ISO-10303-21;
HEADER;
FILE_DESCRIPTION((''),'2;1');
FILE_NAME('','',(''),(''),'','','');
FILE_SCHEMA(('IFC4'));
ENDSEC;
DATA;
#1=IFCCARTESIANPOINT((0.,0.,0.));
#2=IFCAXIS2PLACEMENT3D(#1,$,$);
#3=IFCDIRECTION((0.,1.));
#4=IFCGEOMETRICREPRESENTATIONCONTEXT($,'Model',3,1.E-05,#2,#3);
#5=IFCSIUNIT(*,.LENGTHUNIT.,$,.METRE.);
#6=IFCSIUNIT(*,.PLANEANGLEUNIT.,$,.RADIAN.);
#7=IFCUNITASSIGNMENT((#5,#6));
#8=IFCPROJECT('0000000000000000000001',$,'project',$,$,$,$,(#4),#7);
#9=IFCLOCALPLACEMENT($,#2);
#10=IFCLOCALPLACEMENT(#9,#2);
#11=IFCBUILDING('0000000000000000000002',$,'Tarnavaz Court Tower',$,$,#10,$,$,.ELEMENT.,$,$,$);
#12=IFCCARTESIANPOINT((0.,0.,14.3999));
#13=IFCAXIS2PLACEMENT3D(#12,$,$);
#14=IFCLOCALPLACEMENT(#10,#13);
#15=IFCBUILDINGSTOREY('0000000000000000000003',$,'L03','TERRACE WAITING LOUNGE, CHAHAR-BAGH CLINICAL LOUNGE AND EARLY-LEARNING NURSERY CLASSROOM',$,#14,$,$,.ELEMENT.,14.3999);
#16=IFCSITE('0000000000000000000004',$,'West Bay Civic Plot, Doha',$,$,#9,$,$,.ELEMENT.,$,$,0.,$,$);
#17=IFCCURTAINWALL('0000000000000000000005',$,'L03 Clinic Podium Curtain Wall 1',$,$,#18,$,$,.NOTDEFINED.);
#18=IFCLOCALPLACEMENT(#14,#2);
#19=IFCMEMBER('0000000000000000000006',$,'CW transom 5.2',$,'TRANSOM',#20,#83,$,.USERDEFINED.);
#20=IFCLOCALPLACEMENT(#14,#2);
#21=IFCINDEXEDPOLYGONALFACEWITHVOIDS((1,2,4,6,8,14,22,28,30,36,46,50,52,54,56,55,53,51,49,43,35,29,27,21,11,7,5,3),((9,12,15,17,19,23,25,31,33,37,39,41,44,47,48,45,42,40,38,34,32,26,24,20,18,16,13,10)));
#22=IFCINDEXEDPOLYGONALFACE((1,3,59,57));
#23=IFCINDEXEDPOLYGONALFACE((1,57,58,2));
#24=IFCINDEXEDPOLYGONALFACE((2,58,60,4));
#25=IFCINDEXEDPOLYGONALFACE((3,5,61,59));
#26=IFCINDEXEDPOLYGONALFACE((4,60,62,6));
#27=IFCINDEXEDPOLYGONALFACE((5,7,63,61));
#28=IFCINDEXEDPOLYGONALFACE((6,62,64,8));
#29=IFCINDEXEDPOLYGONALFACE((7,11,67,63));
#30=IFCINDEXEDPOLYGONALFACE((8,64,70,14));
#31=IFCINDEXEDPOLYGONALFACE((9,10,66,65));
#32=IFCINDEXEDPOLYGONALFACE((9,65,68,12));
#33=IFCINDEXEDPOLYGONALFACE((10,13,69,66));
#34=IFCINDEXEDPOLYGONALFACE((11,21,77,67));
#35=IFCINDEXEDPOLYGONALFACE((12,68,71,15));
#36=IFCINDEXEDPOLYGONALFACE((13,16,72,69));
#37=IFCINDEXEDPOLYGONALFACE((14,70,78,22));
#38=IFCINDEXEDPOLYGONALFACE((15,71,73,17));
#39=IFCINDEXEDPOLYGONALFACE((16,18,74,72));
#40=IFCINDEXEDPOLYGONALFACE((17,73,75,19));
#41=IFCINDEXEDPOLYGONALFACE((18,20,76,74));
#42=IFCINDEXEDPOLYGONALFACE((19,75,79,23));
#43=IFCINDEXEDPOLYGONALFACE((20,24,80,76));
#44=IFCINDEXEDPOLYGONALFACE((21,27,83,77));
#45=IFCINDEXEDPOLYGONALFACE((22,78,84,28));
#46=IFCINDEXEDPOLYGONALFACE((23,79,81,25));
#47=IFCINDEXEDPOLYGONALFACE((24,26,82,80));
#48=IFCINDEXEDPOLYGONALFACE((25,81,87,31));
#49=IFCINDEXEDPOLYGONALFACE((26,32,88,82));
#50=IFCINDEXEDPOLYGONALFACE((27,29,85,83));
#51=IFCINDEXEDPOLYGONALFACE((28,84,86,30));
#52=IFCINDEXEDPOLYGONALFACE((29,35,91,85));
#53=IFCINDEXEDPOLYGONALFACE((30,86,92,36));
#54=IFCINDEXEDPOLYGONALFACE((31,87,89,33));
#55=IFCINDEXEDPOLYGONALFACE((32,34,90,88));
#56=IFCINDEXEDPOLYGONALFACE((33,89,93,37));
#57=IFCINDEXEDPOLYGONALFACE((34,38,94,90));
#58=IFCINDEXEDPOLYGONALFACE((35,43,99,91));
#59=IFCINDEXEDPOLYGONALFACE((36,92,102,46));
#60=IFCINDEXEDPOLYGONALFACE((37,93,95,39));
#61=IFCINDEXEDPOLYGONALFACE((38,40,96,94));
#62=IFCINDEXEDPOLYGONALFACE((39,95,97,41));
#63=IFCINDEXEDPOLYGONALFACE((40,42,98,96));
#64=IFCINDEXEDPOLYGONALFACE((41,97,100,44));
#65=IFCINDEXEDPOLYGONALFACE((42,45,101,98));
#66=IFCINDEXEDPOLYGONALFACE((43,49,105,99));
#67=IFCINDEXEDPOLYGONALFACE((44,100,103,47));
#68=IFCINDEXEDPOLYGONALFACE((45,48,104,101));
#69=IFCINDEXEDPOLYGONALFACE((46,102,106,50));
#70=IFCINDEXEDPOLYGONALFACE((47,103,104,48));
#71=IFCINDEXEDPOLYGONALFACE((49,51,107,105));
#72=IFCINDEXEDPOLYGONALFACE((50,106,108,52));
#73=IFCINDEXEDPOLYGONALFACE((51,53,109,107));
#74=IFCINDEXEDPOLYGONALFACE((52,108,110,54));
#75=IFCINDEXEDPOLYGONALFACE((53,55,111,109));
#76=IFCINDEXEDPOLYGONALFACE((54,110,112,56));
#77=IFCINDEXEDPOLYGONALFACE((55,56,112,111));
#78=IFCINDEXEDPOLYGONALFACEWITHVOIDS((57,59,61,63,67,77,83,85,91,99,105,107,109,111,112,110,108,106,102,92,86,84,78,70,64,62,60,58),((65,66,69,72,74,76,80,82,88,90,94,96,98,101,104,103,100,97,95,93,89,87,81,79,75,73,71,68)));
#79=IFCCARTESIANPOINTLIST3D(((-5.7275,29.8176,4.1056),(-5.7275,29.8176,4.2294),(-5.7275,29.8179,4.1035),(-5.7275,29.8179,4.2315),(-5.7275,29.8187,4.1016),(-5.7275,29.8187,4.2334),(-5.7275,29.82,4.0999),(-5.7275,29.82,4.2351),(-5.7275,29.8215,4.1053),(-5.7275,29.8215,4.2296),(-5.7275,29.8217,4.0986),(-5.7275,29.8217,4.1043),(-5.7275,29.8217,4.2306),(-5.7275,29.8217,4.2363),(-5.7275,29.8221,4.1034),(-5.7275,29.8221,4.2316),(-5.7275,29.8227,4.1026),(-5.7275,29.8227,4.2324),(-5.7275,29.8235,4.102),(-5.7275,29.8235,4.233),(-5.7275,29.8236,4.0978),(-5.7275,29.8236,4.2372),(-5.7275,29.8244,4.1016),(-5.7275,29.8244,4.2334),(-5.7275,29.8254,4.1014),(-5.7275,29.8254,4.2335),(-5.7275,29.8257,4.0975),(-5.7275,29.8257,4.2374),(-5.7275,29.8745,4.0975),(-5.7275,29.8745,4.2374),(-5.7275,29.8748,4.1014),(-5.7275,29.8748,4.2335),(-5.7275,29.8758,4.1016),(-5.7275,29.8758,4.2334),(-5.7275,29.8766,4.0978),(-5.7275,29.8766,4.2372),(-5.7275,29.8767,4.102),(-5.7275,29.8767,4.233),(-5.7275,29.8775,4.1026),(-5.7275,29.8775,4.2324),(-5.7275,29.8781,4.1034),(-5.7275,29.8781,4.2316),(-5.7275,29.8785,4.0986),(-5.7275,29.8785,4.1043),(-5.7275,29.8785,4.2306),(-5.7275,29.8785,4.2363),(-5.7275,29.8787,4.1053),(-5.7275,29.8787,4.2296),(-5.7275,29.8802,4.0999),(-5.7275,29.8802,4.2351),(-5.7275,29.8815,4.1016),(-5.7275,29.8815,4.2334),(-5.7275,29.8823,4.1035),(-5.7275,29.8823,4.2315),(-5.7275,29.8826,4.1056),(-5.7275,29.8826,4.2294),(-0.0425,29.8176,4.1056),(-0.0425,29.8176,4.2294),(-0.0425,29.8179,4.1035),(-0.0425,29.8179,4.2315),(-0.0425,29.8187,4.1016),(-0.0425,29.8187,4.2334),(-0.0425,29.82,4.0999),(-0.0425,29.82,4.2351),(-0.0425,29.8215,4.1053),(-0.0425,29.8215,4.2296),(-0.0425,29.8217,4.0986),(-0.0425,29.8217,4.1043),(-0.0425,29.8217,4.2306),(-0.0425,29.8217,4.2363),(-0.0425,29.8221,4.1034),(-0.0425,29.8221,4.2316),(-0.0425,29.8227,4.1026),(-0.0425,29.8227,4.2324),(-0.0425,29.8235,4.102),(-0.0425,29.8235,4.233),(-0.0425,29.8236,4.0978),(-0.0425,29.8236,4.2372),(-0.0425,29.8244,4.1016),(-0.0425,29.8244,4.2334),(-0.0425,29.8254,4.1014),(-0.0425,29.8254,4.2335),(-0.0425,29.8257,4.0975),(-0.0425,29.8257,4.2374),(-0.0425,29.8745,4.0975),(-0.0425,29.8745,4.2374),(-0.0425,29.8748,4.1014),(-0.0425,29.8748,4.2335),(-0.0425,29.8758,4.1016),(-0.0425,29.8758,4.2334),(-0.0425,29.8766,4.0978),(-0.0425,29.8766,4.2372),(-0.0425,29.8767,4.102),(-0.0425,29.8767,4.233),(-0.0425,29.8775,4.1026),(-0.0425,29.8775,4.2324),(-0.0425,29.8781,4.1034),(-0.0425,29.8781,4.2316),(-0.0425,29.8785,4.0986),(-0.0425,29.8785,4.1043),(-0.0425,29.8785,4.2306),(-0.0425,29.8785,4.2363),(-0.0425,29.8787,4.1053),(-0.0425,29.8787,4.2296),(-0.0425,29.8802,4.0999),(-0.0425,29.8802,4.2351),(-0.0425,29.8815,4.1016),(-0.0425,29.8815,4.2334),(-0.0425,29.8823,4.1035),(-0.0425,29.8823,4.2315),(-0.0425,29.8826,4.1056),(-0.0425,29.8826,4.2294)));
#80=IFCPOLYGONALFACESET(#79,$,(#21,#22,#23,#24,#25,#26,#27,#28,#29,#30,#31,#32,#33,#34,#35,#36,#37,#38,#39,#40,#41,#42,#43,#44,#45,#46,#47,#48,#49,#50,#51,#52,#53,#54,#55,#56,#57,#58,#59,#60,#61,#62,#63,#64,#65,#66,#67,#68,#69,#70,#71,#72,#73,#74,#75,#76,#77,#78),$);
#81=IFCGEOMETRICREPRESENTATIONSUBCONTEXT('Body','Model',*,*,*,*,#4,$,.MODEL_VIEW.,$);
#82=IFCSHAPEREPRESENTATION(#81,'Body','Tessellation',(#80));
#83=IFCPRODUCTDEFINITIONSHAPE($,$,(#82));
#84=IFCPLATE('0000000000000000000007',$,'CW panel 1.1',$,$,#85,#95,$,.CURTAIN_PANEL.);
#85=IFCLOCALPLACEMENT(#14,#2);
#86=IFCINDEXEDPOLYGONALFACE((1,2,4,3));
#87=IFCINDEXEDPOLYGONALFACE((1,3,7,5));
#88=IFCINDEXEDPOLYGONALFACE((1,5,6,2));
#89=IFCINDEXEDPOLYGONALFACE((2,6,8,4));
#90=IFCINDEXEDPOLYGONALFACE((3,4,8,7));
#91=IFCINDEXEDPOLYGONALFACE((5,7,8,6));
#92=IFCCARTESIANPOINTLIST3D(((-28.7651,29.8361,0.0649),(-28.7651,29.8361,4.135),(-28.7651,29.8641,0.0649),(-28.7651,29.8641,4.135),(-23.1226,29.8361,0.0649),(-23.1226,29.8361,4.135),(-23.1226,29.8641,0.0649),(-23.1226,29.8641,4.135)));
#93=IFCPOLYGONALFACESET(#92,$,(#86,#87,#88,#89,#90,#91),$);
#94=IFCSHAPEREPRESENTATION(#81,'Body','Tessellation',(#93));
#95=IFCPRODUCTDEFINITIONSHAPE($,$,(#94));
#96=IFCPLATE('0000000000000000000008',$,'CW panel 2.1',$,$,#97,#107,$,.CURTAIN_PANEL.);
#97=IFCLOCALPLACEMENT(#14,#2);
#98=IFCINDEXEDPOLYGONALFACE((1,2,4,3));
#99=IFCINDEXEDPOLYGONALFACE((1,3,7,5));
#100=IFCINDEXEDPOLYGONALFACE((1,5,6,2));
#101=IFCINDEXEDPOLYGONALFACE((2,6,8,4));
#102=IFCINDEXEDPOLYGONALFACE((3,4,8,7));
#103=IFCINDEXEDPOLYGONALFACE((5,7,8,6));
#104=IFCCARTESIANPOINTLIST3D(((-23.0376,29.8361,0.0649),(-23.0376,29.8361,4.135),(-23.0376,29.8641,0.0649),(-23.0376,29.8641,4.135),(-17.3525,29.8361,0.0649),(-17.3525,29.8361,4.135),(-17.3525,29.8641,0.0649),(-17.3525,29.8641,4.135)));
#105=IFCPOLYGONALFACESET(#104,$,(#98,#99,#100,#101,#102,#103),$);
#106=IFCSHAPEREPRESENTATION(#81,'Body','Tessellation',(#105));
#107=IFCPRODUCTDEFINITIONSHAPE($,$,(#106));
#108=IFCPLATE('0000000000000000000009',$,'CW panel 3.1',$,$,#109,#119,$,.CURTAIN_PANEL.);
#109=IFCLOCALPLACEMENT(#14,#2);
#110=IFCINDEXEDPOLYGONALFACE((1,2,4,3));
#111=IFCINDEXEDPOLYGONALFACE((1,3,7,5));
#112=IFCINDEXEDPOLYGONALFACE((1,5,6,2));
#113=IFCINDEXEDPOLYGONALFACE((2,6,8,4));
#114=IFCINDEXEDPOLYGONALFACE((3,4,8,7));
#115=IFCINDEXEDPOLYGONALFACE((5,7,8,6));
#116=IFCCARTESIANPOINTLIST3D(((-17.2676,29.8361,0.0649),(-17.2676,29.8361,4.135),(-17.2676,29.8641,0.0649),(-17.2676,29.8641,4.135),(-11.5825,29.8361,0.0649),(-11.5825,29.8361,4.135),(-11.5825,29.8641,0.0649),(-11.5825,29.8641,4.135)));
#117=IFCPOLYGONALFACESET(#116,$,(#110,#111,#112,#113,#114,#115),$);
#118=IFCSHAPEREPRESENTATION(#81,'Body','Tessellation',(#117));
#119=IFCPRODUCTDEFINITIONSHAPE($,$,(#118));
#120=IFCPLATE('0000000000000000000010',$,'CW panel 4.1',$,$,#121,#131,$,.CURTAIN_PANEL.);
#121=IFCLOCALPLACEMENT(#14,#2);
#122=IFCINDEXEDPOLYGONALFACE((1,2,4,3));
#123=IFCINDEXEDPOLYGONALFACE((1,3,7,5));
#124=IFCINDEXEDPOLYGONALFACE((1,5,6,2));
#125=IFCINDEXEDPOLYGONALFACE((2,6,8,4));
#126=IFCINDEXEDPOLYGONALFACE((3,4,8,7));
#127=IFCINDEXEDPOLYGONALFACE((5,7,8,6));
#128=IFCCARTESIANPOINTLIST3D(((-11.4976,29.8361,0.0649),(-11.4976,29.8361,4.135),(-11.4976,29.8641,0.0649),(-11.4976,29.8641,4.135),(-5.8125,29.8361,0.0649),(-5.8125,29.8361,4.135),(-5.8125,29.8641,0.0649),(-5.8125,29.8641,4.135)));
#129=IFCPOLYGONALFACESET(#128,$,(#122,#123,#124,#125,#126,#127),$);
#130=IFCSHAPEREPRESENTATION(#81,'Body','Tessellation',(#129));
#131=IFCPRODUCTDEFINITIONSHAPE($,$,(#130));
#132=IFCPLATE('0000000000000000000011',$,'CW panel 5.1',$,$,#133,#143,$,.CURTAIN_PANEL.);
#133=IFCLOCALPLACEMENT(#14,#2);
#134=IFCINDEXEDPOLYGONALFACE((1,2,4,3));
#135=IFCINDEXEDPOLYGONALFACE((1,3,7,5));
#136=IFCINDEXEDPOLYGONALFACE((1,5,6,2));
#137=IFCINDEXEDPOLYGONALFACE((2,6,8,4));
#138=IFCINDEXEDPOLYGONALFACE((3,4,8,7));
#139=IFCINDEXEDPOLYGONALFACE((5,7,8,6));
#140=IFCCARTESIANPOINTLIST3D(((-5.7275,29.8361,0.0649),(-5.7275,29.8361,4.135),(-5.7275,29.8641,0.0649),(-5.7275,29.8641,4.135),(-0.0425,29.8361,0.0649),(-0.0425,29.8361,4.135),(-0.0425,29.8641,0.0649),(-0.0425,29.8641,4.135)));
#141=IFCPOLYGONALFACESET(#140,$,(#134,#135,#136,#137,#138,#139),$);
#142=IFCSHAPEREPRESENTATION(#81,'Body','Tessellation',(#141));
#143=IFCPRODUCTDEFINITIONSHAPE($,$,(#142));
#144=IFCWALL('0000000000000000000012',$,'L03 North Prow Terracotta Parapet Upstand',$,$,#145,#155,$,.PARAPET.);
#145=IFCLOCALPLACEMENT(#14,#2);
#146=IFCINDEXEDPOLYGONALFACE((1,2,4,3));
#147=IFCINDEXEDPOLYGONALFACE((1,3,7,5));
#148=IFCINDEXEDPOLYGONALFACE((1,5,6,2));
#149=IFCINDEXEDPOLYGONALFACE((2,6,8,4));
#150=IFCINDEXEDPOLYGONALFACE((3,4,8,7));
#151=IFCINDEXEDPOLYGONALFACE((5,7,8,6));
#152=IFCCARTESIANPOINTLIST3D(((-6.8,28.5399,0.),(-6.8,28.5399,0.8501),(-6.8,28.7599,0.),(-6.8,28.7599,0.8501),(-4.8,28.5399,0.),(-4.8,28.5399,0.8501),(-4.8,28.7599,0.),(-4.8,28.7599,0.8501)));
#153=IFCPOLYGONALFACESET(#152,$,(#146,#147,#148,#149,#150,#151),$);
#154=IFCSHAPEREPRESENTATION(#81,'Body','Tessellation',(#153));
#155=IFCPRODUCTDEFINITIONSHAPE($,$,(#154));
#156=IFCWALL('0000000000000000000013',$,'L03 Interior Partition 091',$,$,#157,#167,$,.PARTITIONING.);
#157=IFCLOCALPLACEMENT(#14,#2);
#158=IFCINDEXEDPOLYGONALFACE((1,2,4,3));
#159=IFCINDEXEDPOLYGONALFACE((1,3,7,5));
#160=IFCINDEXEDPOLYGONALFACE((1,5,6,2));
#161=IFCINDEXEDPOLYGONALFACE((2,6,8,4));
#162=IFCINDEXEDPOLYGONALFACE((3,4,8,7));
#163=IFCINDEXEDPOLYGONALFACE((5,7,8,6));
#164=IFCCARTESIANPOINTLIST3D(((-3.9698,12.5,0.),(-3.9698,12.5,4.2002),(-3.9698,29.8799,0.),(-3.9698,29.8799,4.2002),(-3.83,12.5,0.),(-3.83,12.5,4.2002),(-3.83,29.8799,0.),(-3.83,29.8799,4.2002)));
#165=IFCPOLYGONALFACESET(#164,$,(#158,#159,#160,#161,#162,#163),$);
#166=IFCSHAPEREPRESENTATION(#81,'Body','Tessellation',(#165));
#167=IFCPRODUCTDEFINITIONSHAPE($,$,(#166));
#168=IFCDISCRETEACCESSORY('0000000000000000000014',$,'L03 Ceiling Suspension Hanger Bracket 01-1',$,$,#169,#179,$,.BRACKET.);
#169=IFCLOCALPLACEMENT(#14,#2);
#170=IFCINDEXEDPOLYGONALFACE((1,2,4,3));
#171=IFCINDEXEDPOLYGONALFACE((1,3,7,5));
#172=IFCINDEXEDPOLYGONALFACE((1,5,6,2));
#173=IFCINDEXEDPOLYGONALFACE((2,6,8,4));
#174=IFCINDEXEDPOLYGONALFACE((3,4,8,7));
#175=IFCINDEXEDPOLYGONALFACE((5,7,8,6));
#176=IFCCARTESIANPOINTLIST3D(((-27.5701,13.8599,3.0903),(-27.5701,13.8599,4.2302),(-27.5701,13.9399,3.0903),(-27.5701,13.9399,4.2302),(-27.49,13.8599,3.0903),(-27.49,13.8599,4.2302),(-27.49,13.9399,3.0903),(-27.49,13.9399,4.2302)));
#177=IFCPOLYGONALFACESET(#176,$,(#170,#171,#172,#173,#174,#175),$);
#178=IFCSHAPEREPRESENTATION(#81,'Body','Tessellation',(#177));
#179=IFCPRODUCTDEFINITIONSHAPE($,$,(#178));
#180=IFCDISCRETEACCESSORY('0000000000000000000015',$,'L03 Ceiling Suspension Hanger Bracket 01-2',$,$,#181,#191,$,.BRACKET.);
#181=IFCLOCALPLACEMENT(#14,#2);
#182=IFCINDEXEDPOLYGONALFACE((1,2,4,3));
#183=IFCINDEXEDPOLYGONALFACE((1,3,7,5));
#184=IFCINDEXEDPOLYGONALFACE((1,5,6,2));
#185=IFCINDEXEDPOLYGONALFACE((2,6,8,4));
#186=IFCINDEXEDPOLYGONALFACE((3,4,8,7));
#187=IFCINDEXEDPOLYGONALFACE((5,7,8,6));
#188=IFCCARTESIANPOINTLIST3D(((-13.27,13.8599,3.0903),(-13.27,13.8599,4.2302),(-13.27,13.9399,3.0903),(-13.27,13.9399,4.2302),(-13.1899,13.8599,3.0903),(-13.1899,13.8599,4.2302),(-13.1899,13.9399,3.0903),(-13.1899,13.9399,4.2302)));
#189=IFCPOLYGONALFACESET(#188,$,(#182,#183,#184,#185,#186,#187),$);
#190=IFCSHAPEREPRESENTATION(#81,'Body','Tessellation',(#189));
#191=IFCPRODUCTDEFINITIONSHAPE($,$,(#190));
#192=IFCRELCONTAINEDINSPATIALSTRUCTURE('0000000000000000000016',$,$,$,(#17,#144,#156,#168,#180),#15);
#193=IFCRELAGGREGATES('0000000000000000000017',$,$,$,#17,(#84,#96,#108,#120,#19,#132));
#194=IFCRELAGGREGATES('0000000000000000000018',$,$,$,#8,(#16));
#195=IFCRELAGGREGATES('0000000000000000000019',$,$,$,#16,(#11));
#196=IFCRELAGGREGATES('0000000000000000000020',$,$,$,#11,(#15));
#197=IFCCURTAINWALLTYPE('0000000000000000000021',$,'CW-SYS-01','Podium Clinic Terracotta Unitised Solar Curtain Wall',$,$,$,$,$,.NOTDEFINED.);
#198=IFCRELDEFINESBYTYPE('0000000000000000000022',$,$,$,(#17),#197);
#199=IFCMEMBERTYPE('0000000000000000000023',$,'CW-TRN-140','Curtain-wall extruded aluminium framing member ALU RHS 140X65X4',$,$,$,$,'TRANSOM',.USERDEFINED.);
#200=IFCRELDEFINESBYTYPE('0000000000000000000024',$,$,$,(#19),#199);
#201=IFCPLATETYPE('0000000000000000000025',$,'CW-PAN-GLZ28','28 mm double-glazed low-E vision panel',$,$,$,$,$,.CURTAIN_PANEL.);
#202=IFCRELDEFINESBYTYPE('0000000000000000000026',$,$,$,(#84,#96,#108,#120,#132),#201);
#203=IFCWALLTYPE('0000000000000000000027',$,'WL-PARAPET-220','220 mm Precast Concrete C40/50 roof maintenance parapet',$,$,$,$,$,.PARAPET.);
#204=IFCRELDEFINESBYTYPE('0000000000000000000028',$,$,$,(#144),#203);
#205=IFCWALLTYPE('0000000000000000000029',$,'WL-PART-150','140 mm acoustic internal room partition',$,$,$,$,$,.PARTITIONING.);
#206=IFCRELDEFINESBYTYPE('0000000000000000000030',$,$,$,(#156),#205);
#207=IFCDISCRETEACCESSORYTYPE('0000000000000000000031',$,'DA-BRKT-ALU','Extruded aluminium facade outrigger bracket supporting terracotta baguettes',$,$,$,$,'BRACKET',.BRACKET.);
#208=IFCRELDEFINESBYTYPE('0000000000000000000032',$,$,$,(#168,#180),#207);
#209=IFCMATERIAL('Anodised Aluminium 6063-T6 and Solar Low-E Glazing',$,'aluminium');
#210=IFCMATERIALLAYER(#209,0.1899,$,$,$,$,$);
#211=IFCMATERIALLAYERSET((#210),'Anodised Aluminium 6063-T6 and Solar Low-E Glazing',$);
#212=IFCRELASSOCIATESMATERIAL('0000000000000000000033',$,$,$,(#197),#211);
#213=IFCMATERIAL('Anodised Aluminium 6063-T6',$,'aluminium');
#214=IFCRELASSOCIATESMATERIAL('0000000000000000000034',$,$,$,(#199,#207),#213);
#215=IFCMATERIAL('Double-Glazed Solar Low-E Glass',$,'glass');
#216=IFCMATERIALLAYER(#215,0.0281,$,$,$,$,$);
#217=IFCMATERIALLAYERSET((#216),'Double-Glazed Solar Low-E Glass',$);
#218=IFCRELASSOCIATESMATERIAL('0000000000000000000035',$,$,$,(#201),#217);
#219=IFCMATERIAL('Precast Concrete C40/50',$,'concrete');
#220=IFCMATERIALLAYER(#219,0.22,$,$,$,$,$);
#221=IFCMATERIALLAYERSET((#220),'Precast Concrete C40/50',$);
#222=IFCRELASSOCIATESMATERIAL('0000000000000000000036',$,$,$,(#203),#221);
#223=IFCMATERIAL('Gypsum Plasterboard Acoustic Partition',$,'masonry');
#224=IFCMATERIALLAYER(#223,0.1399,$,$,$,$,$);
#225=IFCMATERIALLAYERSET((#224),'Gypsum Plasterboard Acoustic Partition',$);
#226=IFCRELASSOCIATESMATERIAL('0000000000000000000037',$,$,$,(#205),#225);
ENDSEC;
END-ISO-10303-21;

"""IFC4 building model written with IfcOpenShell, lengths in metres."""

from ifc_helpers import new_model, si_unit, direction, frame, frame_2d, origin, origin_2d, place, context, subcontext, project, spatial, rectangle, hollow_rectangle, extrude, material, layer, layer_set, material_profile, profile_set, type_object, element, aggregate, save


model = new_model("IFC4")

# Units and contexts
model_context = context("Model", 3, precision=1e-05, world=origin(), true_north=direction((0.0, 1.0)))
body_context = subcontext(model_context, "Body", "Model", "MODEL_VIEW")
ifc_project = project(units=[si_unit("LENGTHUNIT", "METRE"), si_unit("PLANEANGLEUNIT", "RADIAN")], contexts=[model_context])

# Site, building, storey
site_placement = place(None, origin())
site = spatial("IfcSite", under=ifc_project, at=site_placement, Name="West Bay Civic Plot, Doha", CompositionType="ELEMENT", RefElevation=0.0)
building_placement = place(site_placement, origin())
building = spatial("IfcBuilding", under=site, at=building_placement, Name="Tarnavaz Court Tower", CompositionType="ELEMENT")
storey_placement = place(building_placement, frame((0.0, 0.0, 14.3999)))
storey = spatial("IfcBuildingStorey", under=building, at=storey_placement, Name="L03", Description="TERRACE WAITING LOUNGE, CHAHAR-BAGH CLINICAL LOUNGE AND EARLY-LEARNING NURSERY CLASSROOM", CompositionType="ELEMENT", Elevation=14.3999)

# Curtain wall, member, plates
ifc_material_1 = material(Name="Anodised Aluminium 6063-T6 and Solar Low-E Glazing", Category="aluminium")
ifc_layer_1 = layer(ifc_material_1, 0.1899)
ifc_layer_set_1 = layer_set([ifc_layer_1], Name="Anodised Aluminium 6063-T6 and Solar Low-E Glazing")
curtain_wall_type = type_object("IfcCurtainWallType", Name="CW-SYS-01", Description="Podium Clinic Terracotta Unitised Solar Curtain Wall", PredefinedType="NOTDEFINED", material=ifc_layer_set_1)
curtain_wall_placement = place(storey_placement, origin())
curtain_wall = element("IfcCurtainWall", 1, at=curtain_wall_placement, inside=storey, type_object=curtain_wall_type, Name="L03 Clinic Podium Curtain Wall 1", PredefinedType="NOTDEFINED")
ifc_material_2 = material(Name="Anodised Aluminium 6063-T6", Category="aluminium")
ifc_material_profile_1 = material_profile(ifc_material_2, hollow_rectangle(XDim=0.0649, YDim=0.1399, WallThickness=0.0039, InnerFilletRadius=0.0039, OuterFilletRadius=0.0081, at=origin_2d()), Name="ALU RHS 140X65X4")
ifc_profile_set_1 = profile_set([ifc_material_profile_1], Name="Anodised Aluminium 6063-T6")
member_type_1 = type_object("IfcMemberType", Name="CW-TRN-140", Description="Curtain-wall extruded aluminium framing member ALU RHS 140X65X4", ElementType="TRANSOM", PredefinedType="USERDEFINED", material=ifc_profile_set_1)
member_1_placement = place(storey_placement, frame((-5.7275, 29.8501, 4.1675), z_axis=(1.0, 0.0, 0.0), x_axis=(0.0, 1.0, 0.0)))
member_1 = element("IfcMember", 2, at=member_1_placement, type_object=member_type_1, Name="CW transom 5.2", ObjectType="TRANSOM", PredefinedType="USERDEFINED", context=body_context, shape_type="SweptSolid", body=[
    extrude(hollow_rectangle(XDim=0.0649, YDim=0.1399, WallThickness=0.0039, InnerFilletRadius=0.0039, OuterFilletRadius=0.0081, at=origin_2d()), origin(), (0.0, 0.0, 1.0), 5.6851),
])
ifc_material_3 = material(Name="Double-Glazed Solar Low-E Glass", Category="glass")
ifc_layer_2 = layer(ifc_material_3, 0.0281)
ifc_layer_set_2 = layer_set([ifc_layer_2], Name="Double-Glazed Solar Low-E Glass")
plate_type = type_object("IfcPlateType", Name="CW-PAN-GLZ28", Description="28 mm double-glazed low-E vision panel", PredefinedType="CURTAIN_PANEL", material=ifc_layer_set_2)
plate_1_placement = place(storey_placement, frame((-25.9438, 29.8501, 0.0649), z_axis=(0.0, 0.0, 1.0), x_axis=(1.0, 0.0, 0.0)))
plate_1 = element("IfcPlate", 3, at=plate_1_placement, type_object=plate_type, Name="CW panel 1.1", PredefinedType="CURTAIN_PANEL", context=body_context, shape_type="SweptSolid", body=[
    extrude(rectangle(XDim=5.6426, YDim=0.0281, at=origin_2d()), origin(), (0.0, 0.0, 1.0), 4.0701),
])
plate_2_placement = place(storey_placement, frame((-20.1951, 29.8501, 0.0649), z_axis=(0.0, 0.0, 1.0), x_axis=(1.0, 0.0, 0.0)))
plate_2 = element("IfcPlate", 4, at=plate_2_placement, type_object=plate_type, Name="CW panel 2.1", PredefinedType="CURTAIN_PANEL", context=body_context, shape_type="SweptSolid", body=[
    extrude(rectangle(XDim=5.6851, YDim=0.0281, at=origin_2d()), origin(), (0.0, 0.0, 1.0), 4.0701),
])
plate_3_placement = place(storey_placement, frame((-14.425, 29.8501, 0.0649), z_axis=(0.0, 0.0, 1.0), x_axis=(1.0, 0.0, 0.0)))
plate_3 = element("IfcPlate", 5, at=plate_3_placement, type_object=plate_type, Name="CW panel 3.1", PredefinedType="CURTAIN_PANEL", context=body_context, shape_type="SweptSolid", body=[
    extrude(rectangle(XDim=5.6851, YDim=0.0281, at=origin_2d()), origin(), (0.0, 0.0, 1.0), 4.0701),
])
plate_4_placement = place(storey_placement, frame((-8.655, 29.8501, 0.0649), z_axis=(0.0, 0.0, 1.0), x_axis=(1.0, 0.0, 0.0)))
plate_4 = element("IfcPlate", 6, at=plate_4_placement, type_object=plate_type, Name="CW panel 4.1", PredefinedType="CURTAIN_PANEL", context=body_context, shape_type="SweptSolid", body=[
    extrude(rectangle(XDim=5.6851, YDim=0.0281, at=origin_2d()), origin(), (0.0, 0.0, 1.0), 4.0701),
])
plate_5_placement = place(storey_placement, frame((-2.885, 29.8501, 0.0649), z_axis=(0.0, 0.0, 1.0), x_axis=(1.0, 0.0, 0.0)))
plate_5 = element("IfcPlate", 7, at=plate_5_placement, type_object=plate_type, Name="CW panel 5.1", PredefinedType="CURTAIN_PANEL", context=body_context, shape_type="SweptSolid", body=[
    extrude(rectangle(XDim=5.6851, YDim=0.0281, at=origin_2d()), origin(), (0.0, 0.0, 1.0), 4.0701),
])
aggregate(curtain_wall, [plate_1, plate_2, plate_3, plate_4, member_1, plate_5])

# Walls
ifc_material_4 = material(Name="Precast Concrete C40/50", Category="concrete")
ifc_layer_3 = layer(ifc_material_4, 0.22)
ifc_layer_set_3 = layer_set([ifc_layer_3], Name="Precast Concrete C40/50")
wall_type_1 = type_object("IfcWallType", Name="WL-PARAPET-220", Description="220 mm Precast Concrete C40/50 roof maintenance parapet", PredefinedType="PARAPET", material=ifc_layer_set_3)
wall_1_placement = place(storey_placement, frame((-6.8, 28.6499, 0.0), z_axis=(0.0, 0.0, 1.0), x_axis=(1.0, 0.0, 0.0)))
element("IfcWall", 8, at=wall_1_placement, inside=storey, type_object=wall_type_1, Name="L03 North Prow Terracotta Parapet Upstand", PredefinedType="PARAPET", context=body_context, shape_type="SweptSolid", body=[
    extrude(rectangle(XDim=2.0, YDim=0.22, at=frame_2d((1.0, 0.0))), origin(), (0.0, 0.0, 1.0), 0.8501),
])
ifc_material_5 = material(Name="Gypsum Plasterboard Acoustic Partition", Category="masonry")
ifc_layer_4 = layer(ifc_material_5, 0.1399)
ifc_layer_set_4 = layer_set([ifc_layer_4], Name="Gypsum Plasterboard Acoustic Partition")
wall_type_2 = type_object("IfcWallType", Name="WL-PART-150", Description="140 mm acoustic internal room partition", PredefinedType="PARTITIONING", material=ifc_layer_set_4)
wall_2_placement = place(storey_placement, frame((-3.8999, 12.5, 0.0), z_axis=(0.0, 0.0, 1.0), x_axis=(0.0, 1.0, 0.0)))
element("IfcWall", 9, at=wall_2_placement, inside=storey, type_object=wall_type_2, Name="L03 Interior Partition 091", PredefinedType="PARTITIONING", context=body_context, shape_type="SweptSolid", body=[
    extrude(rectangle(XDim=17.3799, YDim=0.1399, at=frame_2d((8.6899, 0.0))), origin(), (0.0, 0.0, 1.0), 4.2002),
])

# Discrete accessories
discrete_accessory_type = type_object("IfcDiscreteAccessoryType", Name="DA-BRKT-ALU", Description="Extruded aluminium facade outrigger bracket supporting terracotta baguettes", ElementType="BRACKET", PredefinedType="BRACKET", material=ifc_material_2)
for number, where, z_axis, x_axis, name in (
    (10, (-27.53, 13.8999, 3.0903), (0.0, 0.0, 1.0), (1.0, 0.0, 0.0), "L03 Ceiling Suspension Hanger Bracket 01-1"),
    (11, (-13.23, 13.8999, 3.0903), (0.0, 0.0, 1.0), (1.0, 0.0, 0.0), "L03 Ceiling Suspension Hanger Bracket 01-2"),
):
    element("IfcDiscreteAccessory", number, at=place(storey_placement, frame(where, z_axis=z_axis, x_axis=x_axis)), inside=storey, type_object=discrete_accessory_type, Name=name, PredefinedType="BRACKET", context=body_context, shape_type="SweptSolid", body=[
        extrude(rectangle(XDim=0.0801, YDim=0.0801, at=origin_2d()), origin(), (0.0, 0.0, 1.0), 1.1399),
    ])

save(model, "model.ifc")
